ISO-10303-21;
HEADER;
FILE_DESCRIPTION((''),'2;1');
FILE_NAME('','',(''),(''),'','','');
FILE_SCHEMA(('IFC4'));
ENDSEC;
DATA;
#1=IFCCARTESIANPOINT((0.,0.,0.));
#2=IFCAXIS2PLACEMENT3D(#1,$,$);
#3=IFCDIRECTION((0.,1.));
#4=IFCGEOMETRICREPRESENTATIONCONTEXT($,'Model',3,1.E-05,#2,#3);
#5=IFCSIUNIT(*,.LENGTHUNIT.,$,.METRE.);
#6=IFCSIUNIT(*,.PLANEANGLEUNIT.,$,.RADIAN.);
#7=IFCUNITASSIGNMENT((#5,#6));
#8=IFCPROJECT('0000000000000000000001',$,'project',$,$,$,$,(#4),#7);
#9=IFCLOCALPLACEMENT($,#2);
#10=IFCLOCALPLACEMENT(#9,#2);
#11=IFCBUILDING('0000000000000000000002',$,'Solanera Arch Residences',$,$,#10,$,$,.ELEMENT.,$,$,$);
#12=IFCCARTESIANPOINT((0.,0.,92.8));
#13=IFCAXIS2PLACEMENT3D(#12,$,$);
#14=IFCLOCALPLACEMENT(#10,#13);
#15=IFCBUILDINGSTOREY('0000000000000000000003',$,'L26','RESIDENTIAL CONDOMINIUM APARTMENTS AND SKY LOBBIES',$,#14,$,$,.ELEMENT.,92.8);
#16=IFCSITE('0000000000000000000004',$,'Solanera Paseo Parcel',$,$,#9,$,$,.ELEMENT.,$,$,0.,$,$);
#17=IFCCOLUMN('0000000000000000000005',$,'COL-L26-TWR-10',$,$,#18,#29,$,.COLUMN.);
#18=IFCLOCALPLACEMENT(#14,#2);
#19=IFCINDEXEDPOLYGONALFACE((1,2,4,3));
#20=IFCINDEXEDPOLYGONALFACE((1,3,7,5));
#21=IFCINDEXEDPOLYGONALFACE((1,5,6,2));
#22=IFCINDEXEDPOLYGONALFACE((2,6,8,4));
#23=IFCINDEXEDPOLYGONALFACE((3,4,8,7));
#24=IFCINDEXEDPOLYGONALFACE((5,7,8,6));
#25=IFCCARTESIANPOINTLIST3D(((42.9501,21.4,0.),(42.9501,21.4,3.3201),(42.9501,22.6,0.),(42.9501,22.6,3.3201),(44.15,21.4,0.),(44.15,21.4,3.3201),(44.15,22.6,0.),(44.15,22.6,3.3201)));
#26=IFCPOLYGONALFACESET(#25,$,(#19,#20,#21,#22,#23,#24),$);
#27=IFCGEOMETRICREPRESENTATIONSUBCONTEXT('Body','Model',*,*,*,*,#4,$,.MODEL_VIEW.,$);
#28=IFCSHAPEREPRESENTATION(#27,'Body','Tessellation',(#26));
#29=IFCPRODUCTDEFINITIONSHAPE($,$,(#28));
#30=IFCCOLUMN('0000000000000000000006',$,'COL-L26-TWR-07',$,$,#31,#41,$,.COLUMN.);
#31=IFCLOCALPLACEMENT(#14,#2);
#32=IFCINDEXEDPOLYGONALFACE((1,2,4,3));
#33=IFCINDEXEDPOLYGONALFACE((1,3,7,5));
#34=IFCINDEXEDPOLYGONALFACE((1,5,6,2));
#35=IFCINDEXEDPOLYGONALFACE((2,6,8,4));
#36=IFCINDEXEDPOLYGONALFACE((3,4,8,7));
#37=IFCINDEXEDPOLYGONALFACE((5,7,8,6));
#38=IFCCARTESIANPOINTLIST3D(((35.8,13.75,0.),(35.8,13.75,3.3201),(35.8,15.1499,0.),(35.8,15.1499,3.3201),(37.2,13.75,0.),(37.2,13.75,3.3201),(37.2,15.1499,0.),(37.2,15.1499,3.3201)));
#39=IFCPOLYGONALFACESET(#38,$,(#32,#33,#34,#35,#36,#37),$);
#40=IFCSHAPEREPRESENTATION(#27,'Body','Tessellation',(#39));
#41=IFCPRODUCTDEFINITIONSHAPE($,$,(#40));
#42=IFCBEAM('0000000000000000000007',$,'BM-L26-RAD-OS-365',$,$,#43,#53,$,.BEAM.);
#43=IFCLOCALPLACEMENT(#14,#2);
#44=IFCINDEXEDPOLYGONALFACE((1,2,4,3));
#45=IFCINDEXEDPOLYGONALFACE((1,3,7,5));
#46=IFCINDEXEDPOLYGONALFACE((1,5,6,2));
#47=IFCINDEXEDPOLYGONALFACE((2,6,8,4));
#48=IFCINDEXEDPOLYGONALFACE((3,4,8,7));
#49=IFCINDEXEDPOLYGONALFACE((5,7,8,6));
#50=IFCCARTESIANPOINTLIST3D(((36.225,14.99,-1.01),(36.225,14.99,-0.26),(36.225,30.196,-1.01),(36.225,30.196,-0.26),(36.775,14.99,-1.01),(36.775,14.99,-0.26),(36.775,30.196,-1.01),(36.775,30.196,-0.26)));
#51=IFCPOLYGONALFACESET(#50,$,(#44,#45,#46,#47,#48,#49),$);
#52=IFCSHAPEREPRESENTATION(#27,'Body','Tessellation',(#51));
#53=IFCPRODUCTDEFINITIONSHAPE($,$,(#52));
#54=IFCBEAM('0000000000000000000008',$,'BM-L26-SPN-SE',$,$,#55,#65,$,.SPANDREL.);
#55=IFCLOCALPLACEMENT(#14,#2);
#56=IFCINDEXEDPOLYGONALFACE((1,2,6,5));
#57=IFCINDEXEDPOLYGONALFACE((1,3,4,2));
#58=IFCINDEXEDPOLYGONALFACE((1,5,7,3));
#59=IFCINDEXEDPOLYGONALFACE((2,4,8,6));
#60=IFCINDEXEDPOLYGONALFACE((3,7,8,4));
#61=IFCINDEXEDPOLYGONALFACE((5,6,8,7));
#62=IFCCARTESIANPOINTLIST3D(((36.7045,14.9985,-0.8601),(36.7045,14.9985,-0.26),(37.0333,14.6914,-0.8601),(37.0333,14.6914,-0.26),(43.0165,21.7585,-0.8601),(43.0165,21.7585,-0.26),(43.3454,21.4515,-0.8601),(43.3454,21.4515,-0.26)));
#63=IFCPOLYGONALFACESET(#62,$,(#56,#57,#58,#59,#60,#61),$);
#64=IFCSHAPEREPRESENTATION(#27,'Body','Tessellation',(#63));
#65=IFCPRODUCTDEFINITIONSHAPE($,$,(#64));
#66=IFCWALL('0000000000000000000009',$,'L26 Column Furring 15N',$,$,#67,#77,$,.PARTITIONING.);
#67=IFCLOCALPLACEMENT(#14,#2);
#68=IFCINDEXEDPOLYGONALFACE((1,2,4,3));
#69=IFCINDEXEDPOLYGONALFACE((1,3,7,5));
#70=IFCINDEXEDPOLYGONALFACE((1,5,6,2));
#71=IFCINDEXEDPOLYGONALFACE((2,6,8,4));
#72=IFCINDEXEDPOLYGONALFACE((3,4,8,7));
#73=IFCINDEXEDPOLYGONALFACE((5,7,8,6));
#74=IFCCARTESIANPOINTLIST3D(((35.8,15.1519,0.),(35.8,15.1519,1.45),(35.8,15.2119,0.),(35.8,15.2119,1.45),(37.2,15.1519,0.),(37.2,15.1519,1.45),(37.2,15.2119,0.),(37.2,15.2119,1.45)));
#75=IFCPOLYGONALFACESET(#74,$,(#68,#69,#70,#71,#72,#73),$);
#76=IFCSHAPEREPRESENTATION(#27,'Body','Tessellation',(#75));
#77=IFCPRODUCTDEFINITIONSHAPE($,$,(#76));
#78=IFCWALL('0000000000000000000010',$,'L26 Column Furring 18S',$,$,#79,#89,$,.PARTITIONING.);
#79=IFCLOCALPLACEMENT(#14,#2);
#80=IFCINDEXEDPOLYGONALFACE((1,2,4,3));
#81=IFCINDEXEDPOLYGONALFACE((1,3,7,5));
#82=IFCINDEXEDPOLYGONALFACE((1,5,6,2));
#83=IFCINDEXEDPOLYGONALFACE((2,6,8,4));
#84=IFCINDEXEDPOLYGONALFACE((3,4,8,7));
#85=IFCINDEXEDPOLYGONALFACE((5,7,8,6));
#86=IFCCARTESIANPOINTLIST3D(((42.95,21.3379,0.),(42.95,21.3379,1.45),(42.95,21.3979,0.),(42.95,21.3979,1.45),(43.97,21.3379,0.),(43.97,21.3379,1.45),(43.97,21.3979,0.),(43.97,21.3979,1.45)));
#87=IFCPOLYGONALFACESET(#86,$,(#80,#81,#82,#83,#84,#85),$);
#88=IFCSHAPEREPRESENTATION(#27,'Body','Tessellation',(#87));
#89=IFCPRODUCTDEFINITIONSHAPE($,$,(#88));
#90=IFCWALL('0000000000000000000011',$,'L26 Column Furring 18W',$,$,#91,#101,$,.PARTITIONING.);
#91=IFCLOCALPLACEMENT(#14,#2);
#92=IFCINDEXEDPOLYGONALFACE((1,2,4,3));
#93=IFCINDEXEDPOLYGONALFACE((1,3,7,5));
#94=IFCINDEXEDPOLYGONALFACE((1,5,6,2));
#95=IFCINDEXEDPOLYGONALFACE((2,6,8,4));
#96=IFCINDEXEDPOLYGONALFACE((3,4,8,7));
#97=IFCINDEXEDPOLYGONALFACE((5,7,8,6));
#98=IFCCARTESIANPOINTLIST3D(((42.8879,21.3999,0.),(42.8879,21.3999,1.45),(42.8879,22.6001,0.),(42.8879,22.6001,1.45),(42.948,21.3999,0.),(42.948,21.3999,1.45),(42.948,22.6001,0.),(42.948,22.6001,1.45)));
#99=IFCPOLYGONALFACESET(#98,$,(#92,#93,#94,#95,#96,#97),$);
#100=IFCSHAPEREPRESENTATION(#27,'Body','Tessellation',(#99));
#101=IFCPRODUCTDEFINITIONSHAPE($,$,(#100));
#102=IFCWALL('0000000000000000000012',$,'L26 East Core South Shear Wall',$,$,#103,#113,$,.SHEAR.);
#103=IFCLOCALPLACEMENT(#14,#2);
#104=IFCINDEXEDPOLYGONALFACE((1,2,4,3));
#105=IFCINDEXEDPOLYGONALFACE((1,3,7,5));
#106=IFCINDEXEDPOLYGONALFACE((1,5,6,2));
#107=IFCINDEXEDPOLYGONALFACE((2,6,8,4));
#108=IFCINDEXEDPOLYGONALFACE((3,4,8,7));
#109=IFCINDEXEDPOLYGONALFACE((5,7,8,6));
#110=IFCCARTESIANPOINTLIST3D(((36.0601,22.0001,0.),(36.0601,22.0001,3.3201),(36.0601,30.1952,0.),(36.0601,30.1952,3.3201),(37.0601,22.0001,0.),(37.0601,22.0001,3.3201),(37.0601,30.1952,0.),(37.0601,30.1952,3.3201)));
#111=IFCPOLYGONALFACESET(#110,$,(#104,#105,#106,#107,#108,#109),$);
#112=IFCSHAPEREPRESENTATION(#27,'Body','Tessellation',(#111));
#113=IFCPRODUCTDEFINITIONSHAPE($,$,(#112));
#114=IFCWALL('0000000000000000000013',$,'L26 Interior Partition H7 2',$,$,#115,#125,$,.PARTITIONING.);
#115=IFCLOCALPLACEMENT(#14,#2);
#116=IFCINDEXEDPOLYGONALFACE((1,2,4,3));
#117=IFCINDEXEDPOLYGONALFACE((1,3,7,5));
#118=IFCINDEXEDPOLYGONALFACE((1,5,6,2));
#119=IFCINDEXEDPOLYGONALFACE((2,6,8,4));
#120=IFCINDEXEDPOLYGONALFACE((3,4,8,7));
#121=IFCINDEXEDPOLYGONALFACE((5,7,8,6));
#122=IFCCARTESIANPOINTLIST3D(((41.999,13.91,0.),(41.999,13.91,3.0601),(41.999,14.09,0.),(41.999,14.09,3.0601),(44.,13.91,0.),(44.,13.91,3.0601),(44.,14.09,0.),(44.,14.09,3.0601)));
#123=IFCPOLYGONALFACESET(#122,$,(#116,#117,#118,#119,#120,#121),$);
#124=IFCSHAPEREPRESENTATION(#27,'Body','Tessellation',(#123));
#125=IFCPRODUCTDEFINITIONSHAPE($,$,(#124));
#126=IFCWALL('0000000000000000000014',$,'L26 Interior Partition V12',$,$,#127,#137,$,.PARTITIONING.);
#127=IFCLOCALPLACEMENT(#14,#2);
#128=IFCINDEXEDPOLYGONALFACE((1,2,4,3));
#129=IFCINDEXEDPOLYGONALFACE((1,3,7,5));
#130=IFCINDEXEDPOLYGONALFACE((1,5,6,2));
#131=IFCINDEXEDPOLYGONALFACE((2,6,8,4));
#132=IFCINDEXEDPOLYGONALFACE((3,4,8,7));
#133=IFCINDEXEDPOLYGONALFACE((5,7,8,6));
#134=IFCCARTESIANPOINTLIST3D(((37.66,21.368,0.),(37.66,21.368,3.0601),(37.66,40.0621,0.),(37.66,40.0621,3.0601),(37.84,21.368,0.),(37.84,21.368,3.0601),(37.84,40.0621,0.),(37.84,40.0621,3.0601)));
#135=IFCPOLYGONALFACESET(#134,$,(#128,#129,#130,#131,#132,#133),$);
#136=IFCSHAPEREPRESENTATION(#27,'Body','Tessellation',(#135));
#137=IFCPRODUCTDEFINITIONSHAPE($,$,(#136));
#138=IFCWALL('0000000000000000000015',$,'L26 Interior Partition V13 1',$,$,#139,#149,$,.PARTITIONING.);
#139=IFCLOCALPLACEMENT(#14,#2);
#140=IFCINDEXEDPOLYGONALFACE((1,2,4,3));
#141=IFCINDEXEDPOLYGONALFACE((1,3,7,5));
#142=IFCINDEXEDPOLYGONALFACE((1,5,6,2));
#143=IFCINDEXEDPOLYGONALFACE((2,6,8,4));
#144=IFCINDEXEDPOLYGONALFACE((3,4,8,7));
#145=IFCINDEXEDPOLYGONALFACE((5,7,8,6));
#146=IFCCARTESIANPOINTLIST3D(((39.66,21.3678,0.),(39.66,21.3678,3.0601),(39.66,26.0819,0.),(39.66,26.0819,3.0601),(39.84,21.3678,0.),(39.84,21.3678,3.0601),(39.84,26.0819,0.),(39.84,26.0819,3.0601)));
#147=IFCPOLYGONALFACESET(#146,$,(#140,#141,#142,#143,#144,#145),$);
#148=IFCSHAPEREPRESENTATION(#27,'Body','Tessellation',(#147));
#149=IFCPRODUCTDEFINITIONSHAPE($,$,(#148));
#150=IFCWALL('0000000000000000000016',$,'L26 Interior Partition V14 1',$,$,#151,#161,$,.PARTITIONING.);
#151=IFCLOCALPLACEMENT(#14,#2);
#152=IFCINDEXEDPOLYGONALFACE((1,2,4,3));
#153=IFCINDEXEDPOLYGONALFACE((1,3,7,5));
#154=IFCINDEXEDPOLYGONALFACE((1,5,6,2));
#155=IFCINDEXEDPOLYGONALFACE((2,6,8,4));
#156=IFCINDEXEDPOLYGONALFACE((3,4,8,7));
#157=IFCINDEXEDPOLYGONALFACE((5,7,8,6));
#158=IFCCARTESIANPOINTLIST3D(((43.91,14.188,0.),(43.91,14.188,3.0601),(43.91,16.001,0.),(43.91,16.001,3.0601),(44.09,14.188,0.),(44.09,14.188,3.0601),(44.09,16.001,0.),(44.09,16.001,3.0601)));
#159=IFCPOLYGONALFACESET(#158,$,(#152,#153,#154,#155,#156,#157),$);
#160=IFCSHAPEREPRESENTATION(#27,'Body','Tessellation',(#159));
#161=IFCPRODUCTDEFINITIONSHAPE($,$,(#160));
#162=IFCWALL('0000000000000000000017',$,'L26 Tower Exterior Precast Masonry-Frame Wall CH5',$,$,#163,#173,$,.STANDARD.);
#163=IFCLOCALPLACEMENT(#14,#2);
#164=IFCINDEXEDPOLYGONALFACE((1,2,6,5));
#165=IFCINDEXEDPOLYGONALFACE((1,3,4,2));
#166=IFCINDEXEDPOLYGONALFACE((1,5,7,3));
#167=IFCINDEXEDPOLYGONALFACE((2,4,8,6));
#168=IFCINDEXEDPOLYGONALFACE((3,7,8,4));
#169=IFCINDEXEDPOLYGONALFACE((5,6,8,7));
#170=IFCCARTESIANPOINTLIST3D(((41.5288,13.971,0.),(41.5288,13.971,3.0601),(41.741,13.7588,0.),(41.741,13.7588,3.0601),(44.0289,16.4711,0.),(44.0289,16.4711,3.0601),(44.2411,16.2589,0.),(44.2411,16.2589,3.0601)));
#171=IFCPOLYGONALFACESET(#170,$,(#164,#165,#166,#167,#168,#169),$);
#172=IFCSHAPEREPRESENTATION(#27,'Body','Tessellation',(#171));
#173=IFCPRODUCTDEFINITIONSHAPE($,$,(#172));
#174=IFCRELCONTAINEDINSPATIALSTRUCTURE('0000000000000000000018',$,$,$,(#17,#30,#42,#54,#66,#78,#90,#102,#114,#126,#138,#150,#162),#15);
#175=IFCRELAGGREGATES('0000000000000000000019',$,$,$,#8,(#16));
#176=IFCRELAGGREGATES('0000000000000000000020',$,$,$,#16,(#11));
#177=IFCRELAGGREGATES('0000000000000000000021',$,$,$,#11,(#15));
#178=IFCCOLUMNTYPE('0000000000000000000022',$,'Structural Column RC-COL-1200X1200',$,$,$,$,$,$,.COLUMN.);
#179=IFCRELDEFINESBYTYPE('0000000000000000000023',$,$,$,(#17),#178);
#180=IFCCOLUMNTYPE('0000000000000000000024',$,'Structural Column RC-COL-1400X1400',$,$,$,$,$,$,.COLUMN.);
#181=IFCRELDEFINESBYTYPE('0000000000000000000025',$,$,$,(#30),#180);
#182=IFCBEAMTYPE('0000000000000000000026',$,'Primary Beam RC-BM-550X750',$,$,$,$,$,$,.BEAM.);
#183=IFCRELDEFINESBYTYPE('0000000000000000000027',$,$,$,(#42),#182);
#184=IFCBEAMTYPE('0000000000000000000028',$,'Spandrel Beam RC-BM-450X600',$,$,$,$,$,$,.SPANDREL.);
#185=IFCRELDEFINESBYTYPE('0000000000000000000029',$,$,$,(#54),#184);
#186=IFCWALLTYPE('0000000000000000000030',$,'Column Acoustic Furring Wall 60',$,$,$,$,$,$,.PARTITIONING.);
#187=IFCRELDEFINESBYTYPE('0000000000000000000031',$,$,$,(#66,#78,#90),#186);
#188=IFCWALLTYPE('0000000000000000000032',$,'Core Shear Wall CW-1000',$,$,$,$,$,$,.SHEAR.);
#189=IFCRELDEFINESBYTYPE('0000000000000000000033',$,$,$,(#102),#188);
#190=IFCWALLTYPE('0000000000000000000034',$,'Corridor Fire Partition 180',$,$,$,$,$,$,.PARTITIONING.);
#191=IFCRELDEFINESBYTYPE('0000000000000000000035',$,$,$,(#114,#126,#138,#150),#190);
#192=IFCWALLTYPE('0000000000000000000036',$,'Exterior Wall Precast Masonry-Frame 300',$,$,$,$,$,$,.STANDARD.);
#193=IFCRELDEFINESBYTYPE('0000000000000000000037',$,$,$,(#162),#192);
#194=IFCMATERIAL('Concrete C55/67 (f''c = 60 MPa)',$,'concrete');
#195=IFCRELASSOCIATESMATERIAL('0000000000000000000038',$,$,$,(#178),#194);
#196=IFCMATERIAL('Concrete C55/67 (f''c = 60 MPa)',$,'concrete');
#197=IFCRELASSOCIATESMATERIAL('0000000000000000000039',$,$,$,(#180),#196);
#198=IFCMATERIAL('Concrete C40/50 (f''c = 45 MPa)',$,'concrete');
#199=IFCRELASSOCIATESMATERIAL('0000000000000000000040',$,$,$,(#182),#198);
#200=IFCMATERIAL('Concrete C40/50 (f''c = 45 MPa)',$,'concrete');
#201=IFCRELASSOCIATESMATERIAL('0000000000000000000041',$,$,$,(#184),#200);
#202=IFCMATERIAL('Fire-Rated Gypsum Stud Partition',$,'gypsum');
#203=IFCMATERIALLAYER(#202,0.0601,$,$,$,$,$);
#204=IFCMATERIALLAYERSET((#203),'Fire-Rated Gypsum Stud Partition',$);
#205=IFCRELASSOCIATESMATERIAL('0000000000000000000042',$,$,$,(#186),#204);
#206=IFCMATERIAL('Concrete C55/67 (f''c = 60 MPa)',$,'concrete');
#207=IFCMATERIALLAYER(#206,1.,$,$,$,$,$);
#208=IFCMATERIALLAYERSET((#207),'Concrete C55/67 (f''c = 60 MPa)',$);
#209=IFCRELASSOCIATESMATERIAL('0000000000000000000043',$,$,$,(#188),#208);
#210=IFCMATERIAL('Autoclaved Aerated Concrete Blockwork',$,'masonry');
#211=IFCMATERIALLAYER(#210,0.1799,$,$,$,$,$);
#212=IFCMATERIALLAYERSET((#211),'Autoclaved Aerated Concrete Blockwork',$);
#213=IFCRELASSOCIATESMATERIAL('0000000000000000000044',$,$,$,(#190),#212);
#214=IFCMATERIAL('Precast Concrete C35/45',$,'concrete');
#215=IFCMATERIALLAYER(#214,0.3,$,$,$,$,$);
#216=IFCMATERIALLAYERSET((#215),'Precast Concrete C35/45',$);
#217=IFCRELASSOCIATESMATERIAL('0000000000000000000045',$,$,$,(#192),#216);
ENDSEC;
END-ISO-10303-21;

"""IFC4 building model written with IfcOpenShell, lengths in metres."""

from ifc_helpers import new_model, si_unit, direction, frame, frame_2d, origin, origin_2d, place, context, subcontext, project, spatial, rectangle, extrude, material, layer, layer_set, material_profile, profile_set, type_object, element, save


model = new_model("IFC4")

# Units and contexts
model_context = context("Model", 3, precision=1e-05, world=origin(), true_north=direction((0.0, 1.0)))
body_context = subcontext(model_context, "Body", "Model", "MODEL_VIEW")
ifc_project = project(units=[si_unit("LENGTHUNIT", "METRE"), si_unit("PLANEANGLEUNIT", "RADIAN")], contexts=[model_context])

# Site, building, storey
site_placement = place(None, origin())
site = spatial("IfcSite", under=ifc_project, at=site_placement, Name="Solanera Paseo Parcel", CompositionType="ELEMENT", RefElevation=0.0)
building_placement = place(site_placement, origin())
building = spatial("IfcBuilding", under=site, at=building_placement, Name="Solanera Arch Residences", CompositionType="ELEMENT")
storey_placement = place(building_placement, frame((0.0, 0.0, 92.8)))
storey = spatial("IfcBuildingStorey", under=building, at=storey_placement, Name="L26", Description="RESIDENTIAL CONDOMINIUM APARTMENTS AND SKY LOBBIES", CompositionType="ELEMENT", Elevation=92.8)

# Columns
ifc_material_1 = material(Name="Concrete C55/67 (f'c = 60 MPa)", Category="concrete")
ifc_material_profile_1 = material_profile(ifc_material_1, rectangle(XDim=1.2, YDim=1.2, at=origin_2d()))
ifc_profile_set_1 = profile_set([ifc_material_profile_1], Name="Concrete C55/67 (f'c = 60 MPa)")
column_type_1 = type_object("IfcColumnType", Name="Structural Column RC-COL-1200X1200", PredefinedType="COLUMN", material=ifc_profile_set_1)
column_1_placement = place(storey_placement, frame((43.55, 22.0, 0.0), z_axis=(0.0, 0.0, 1.0), x_axis=(1.0, 0.0, 0.0)))
element("IfcColumn", 1, at=column_1_placement, inside=storey, type_object=column_type_1, Name="COL-L26-TWR-10", PredefinedType="COLUMN", context=body_context, shape_type="SweptSolid", body=[
    extrude(rectangle(XDim=1.2, YDim=1.2, at=origin_2d()), origin(), (0.0, 0.0, 1.0), 3.3201),
])
ifc_material_2 = material(Name="Concrete C55/67 (f'c = 60 MPa)", Category="concrete")
ifc_material_profile_2 = material_profile(ifc_material_2, rectangle(XDim=1.3999, YDim=1.3999, at=origin_2d()))
ifc_profile_set_2 = profile_set([ifc_material_profile_2], Name="Concrete C55/67 (f'c = 60 MPa)")
column_type_2 = type_object("IfcColumnType", Name="Structural Column RC-COL-1400X1400", PredefinedType="COLUMN", material=ifc_profile_set_2)
column_2_placement = place(storey_placement, frame((36.5, 14.45, 0.0), z_axis=(0.0, 0.0, 1.0), x_axis=(1.0, 0.0, 0.0)))
element("IfcColumn", 2, at=column_2_placement, inside=storey, type_object=column_type_2, Name="COL-L26-TWR-07", PredefinedType="COLUMN", context=body_context, shape_type="SweptSolid", body=[
    extrude(rectangle(XDim=1.3999, YDim=1.3999, at=origin_2d()), origin(), (0.0, 0.0, 1.0), 3.3201),
])

# Beams
ifc_material_3 = material(Name="Concrete C40/50 (f'c = 45 MPa)", Category="concrete")
ifc_material_profile_3 = material_profile(ifc_material_3, rectangle(XDim=0.55, YDim=0.75, at=origin_2d()))
ifc_profile_set_3 = profile_set([ifc_material_profile_3], Name="Concrete C40/50 (f'c = 45 MPa)")
beam_type_1 = type_object("IfcBeamType", Name="Primary Beam RC-BM-550X750", PredefinedType="BEAM", material=ifc_profile_set_3)
beam_1_placement = place(storey_placement, frame((36.5, 14.99, -0.635), z_axis=(0.0, 1.0, 0.0), x_axis=(-1.0, 0.0, 0.0)))
element("IfcBeam", 3, at=beam_1_placement, inside=storey, type_object=beam_type_1, Name="BM-L26-RAD-OS-365", PredefinedType="BEAM", context=body_context, shape_type="SweptSolid", body=[
    extrude(rectangle(XDim=0.55, YDim=0.75, at=origin_2d()), origin(), (0.0, 0.0, 1.0), 15.2061),
])
ifc_material_4 = material(Name="Concrete C40/50 (f'c = 45 MPa)", Category="concrete")
ifc_material_profile_4 = material_profile(ifc_material_4, rectangle(XDim=0.45, YDim=0.6001, at=origin_2d()))
ifc_profile_set_4 = profile_set([ifc_material_profile_4], Name="Concrete C40/50 (f'c = 45 MPa)")
beam_type_2 = type_object("IfcBeamType", Name="Spandrel Beam RC-BM-450X600", PredefinedType="SPANDREL", material=ifc_profile_set_4)
beam_2_placement = place(storey_placement, frame((36.8689, 14.845, -0.5601), z_axis=(0.682472, 0.730911, 0.0), x_axis=(-0.730911, 0.682472, 0.0)))
element("IfcBeam", 4, at=beam_2_placement, inside=storey, type_object=beam_type_2, Name="BM-L26-SPN-SE", PredefinedType="SPANDREL", context=body_context, shape_type="SweptSolid", body=[
    extrude(rectangle(XDim=0.45, YDim=0.6001, at=origin_2d()), origin(), (0.0, 0.0, 1.0), 9.2488),
])

# Walls
ifc_material_5 = material(Name="Fire-Rated Gypsum Stud Partition", Category="gypsum")
ifc_layer_1 = layer(ifc_material_5, 0.0601)
ifc_layer_set_1 = layer_set([ifc_layer_1], Name="Fire-Rated Gypsum Stud Partition")
wall_type_1 = type_object("IfcWallType", Name="Column Acoustic Furring Wall 60", PredefinedType="PARTITIONING", material=ifc_layer_set_1)
wall_1_placement = place(storey_placement, frame((35.8, 15.1819, 0.0), z_axis=(0.0, 0.0, 1.0), x_axis=(1.0, 0.0, 0.0)))
element("IfcWall", 5, at=wall_1_placement, inside=storey, type_object=wall_type_1, Name="L26 Column Furring 15N", PredefinedType="PARTITIONING", context=body_context, shape_type="SweptSolid", body=[
    extrude(rectangle(XDim=1.3999, YDim=0.0601, at=frame_2d((0.7, 0.0))), origin(), (0.0, 0.0, 1.0), 1.45),
])
wall_2_placement = place(storey_placement, frame((42.95, 21.3679, 0.0), z_axis=(0.0, 0.0, 1.0), x_axis=(1.0, 0.0, 0.0)))
element("IfcWall", 6, at=wall_2_placement, inside=storey, type_object=wall_type_1, Name="L26 Column Furring 18S", PredefinedType="PARTITIONING", context=body_context, shape_type="SweptSolid", body=[
    extrude(rectangle(XDim=1.02, YDim=0.0601, at=frame_2d((0.51, 0.0))), origin(), (0.0, 0.0, 1.0), 1.45),
])
wall_3_placement = place(storey_placement, frame((42.918, 21.3999, 0.0), z_axis=(0.0, 0.0, 1.0), x_axis=(0.0, 1.0, 0.0)))
element("IfcWall", 7, at=wall_3_placement, inside=storey, type_object=wall_type_1, Name="L26 Column Furring 18W", PredefinedType="PARTITIONING", context=body_context, shape_type="SweptSolid", body=[
    extrude(rectangle(XDim=1.2002, YDim=0.0601, at=frame_2d((0.6001, 0.0))), origin(), (0.0, 0.0, 1.0), 1.45),
])
ifc_material_6 = material(Name="Concrete C55/67 (f'c = 60 MPa)", Category="concrete")
ifc_layer_2 = layer(ifc_material_6, 1.0)
ifc_layer_set_2 = layer_set([ifc_layer_2], Name="Concrete C55/67 (f'c = 60 MPa)")
wall_type_2 = type_object("IfcWallType", Name="Core Shear Wall CW-1000", PredefinedType="SHEAR", material=ifc_layer_set_2)
wall_4_placement = place(storey_placement, frame((36.5601, 22.0, 0.0), z_axis=(0.0, 0.0, 1.0), x_axis=(0.0, 1.0, 0.0)))
element("IfcWall", 8, at=wall_4_placement, inside=storey, type_object=wall_type_2, Name="L26 East Core South Shear Wall", PredefinedType="SHEAR", context=body_context, shape_type="SweptSolid", body=[
    extrude(rectangle(XDim=8.1951, YDim=1.0, at=frame_2d((4.0977, 0.0))), origin(), (0.0, 0.0, 1.0), 3.3201),
])
ifc_material_7 = material(Name="Autoclaved Aerated Concrete Blockwork", Category="masonry")
ifc_layer_3 = layer(ifc_material_7, 0.1799)
ifc_layer_set_3 = layer_set([ifc_layer_3], Name="Autoclaved Aerated Concrete Blockwork")
wall_type_3 = type_object("IfcWallType", Name="Corridor Fire Partition 180", PredefinedType="PARTITIONING", material=ifc_layer_set_3)
wall_5_placement = place(storey_placement, frame((41.999, 14.0, 0.0), z_axis=(0.0, 0.0, 1.0), x_axis=(1.0, 0.0, 0.0)))
element("IfcWall", 9, at=wall_5_placement, inside=storey, type_object=wall_type_3, Name="L26 Interior Partition H7 2", PredefinedType="PARTITIONING", context=body_context, shape_type="SweptSolid", body=[
    extrude(rectangle(XDim=2.001, YDim=0.1799, at=frame_2d((1.0005, 0.0))), origin(), (0.0, 0.0, 1.0), 3.0601),
])
wall_6_placement = place(storey_placement, frame((37.75, 21.3679, 0.0), z_axis=(0.0, 0.0, 1.0), x_axis=(0.0, 1.0, 0.0)))
element("IfcWall", 10, at=wall_6_placement, inside=storey, type_object=wall_type_3, Name="L26 Interior Partition V12", PredefinedType="PARTITIONING", context=body_context, shape_type="SweptSolid", body=[
    extrude(rectangle(XDim=18.6941, YDim=0.1799, at=frame_2d((9.3472, 0.0))), origin(), (0.0, 0.0, 1.0), 3.0601),
])
wall_7_placement = place(storey_placement, frame((39.75, 21.3679, 0.0), z_axis=(0.0, 0.0, 1.0), x_axis=(0.0, 1.0, 0.0)))
element("IfcWall", 11, at=wall_7_placement, inside=storey, type_object=wall_type_3, Name="L26 Interior Partition V13 1", PredefinedType="PARTITIONING", context=body_context, shape_type="SweptSolid", body=[
    extrude(rectangle(XDim=4.7141, YDim=0.1799, at=frame_2d((2.3569, 0.0))), origin(), (0.0, 0.0, 1.0), 3.0601),
])
wall_8_placement = place(storey_placement, frame((44.0, 14.188, 0.0), z_axis=(0.0, 0.0, 1.0), x_axis=(0.0, 1.0, 0.0)))
element("IfcWall", 12, at=wall_8_placement, inside=storey, type_object=wall_type_3, Name="L26 Interior Partition V14 1", PredefinedType="PARTITIONING", context=body_context, shape_type="SweptSolid", body=[
    extrude(rectangle(XDim=1.813, YDim=0.1799, at=frame_2d((0.9065, 0.0))), origin(), (0.0, 0.0, 1.0), 3.0601),
])
ifc_material_8 = material(Name="Precast Concrete C35/45", Category="concrete")
ifc_layer_4 = layer(ifc_material_8, 0.3)
ifc_layer_set_4 = layer_set([ifc_layer_4], Name="Precast Concrete C35/45")
wall_type_4 = type_object("IfcWallType", Name="Exterior Wall Precast Masonry-Frame 300", PredefinedType="STANDARD", material=ifc_layer_set_4)
wall_9_placement = place(storey_placement, frame((44.135, 16.365, 0.0), z_axis=(0.0, 0.0, 1.0), x_axis=(-0.707107, -0.707107, 0.0)))
element("IfcWall", 13, at=wall_9_placement, inside=storey, type_object=wall_type_4, Name="L26 Tower Exterior Precast Masonry-Frame Wall CH5", PredefinedType="STANDARD", context=body_context, shape_type="SweptSolid", body=[
    extrude(rectangle(XDim=3.5356, YDim=0.3, at=frame_2d((1.7678, 0.0))), origin(), (0.0, 0.0, 1.0), 3.0601),
])

save(model, "model.ifc")
